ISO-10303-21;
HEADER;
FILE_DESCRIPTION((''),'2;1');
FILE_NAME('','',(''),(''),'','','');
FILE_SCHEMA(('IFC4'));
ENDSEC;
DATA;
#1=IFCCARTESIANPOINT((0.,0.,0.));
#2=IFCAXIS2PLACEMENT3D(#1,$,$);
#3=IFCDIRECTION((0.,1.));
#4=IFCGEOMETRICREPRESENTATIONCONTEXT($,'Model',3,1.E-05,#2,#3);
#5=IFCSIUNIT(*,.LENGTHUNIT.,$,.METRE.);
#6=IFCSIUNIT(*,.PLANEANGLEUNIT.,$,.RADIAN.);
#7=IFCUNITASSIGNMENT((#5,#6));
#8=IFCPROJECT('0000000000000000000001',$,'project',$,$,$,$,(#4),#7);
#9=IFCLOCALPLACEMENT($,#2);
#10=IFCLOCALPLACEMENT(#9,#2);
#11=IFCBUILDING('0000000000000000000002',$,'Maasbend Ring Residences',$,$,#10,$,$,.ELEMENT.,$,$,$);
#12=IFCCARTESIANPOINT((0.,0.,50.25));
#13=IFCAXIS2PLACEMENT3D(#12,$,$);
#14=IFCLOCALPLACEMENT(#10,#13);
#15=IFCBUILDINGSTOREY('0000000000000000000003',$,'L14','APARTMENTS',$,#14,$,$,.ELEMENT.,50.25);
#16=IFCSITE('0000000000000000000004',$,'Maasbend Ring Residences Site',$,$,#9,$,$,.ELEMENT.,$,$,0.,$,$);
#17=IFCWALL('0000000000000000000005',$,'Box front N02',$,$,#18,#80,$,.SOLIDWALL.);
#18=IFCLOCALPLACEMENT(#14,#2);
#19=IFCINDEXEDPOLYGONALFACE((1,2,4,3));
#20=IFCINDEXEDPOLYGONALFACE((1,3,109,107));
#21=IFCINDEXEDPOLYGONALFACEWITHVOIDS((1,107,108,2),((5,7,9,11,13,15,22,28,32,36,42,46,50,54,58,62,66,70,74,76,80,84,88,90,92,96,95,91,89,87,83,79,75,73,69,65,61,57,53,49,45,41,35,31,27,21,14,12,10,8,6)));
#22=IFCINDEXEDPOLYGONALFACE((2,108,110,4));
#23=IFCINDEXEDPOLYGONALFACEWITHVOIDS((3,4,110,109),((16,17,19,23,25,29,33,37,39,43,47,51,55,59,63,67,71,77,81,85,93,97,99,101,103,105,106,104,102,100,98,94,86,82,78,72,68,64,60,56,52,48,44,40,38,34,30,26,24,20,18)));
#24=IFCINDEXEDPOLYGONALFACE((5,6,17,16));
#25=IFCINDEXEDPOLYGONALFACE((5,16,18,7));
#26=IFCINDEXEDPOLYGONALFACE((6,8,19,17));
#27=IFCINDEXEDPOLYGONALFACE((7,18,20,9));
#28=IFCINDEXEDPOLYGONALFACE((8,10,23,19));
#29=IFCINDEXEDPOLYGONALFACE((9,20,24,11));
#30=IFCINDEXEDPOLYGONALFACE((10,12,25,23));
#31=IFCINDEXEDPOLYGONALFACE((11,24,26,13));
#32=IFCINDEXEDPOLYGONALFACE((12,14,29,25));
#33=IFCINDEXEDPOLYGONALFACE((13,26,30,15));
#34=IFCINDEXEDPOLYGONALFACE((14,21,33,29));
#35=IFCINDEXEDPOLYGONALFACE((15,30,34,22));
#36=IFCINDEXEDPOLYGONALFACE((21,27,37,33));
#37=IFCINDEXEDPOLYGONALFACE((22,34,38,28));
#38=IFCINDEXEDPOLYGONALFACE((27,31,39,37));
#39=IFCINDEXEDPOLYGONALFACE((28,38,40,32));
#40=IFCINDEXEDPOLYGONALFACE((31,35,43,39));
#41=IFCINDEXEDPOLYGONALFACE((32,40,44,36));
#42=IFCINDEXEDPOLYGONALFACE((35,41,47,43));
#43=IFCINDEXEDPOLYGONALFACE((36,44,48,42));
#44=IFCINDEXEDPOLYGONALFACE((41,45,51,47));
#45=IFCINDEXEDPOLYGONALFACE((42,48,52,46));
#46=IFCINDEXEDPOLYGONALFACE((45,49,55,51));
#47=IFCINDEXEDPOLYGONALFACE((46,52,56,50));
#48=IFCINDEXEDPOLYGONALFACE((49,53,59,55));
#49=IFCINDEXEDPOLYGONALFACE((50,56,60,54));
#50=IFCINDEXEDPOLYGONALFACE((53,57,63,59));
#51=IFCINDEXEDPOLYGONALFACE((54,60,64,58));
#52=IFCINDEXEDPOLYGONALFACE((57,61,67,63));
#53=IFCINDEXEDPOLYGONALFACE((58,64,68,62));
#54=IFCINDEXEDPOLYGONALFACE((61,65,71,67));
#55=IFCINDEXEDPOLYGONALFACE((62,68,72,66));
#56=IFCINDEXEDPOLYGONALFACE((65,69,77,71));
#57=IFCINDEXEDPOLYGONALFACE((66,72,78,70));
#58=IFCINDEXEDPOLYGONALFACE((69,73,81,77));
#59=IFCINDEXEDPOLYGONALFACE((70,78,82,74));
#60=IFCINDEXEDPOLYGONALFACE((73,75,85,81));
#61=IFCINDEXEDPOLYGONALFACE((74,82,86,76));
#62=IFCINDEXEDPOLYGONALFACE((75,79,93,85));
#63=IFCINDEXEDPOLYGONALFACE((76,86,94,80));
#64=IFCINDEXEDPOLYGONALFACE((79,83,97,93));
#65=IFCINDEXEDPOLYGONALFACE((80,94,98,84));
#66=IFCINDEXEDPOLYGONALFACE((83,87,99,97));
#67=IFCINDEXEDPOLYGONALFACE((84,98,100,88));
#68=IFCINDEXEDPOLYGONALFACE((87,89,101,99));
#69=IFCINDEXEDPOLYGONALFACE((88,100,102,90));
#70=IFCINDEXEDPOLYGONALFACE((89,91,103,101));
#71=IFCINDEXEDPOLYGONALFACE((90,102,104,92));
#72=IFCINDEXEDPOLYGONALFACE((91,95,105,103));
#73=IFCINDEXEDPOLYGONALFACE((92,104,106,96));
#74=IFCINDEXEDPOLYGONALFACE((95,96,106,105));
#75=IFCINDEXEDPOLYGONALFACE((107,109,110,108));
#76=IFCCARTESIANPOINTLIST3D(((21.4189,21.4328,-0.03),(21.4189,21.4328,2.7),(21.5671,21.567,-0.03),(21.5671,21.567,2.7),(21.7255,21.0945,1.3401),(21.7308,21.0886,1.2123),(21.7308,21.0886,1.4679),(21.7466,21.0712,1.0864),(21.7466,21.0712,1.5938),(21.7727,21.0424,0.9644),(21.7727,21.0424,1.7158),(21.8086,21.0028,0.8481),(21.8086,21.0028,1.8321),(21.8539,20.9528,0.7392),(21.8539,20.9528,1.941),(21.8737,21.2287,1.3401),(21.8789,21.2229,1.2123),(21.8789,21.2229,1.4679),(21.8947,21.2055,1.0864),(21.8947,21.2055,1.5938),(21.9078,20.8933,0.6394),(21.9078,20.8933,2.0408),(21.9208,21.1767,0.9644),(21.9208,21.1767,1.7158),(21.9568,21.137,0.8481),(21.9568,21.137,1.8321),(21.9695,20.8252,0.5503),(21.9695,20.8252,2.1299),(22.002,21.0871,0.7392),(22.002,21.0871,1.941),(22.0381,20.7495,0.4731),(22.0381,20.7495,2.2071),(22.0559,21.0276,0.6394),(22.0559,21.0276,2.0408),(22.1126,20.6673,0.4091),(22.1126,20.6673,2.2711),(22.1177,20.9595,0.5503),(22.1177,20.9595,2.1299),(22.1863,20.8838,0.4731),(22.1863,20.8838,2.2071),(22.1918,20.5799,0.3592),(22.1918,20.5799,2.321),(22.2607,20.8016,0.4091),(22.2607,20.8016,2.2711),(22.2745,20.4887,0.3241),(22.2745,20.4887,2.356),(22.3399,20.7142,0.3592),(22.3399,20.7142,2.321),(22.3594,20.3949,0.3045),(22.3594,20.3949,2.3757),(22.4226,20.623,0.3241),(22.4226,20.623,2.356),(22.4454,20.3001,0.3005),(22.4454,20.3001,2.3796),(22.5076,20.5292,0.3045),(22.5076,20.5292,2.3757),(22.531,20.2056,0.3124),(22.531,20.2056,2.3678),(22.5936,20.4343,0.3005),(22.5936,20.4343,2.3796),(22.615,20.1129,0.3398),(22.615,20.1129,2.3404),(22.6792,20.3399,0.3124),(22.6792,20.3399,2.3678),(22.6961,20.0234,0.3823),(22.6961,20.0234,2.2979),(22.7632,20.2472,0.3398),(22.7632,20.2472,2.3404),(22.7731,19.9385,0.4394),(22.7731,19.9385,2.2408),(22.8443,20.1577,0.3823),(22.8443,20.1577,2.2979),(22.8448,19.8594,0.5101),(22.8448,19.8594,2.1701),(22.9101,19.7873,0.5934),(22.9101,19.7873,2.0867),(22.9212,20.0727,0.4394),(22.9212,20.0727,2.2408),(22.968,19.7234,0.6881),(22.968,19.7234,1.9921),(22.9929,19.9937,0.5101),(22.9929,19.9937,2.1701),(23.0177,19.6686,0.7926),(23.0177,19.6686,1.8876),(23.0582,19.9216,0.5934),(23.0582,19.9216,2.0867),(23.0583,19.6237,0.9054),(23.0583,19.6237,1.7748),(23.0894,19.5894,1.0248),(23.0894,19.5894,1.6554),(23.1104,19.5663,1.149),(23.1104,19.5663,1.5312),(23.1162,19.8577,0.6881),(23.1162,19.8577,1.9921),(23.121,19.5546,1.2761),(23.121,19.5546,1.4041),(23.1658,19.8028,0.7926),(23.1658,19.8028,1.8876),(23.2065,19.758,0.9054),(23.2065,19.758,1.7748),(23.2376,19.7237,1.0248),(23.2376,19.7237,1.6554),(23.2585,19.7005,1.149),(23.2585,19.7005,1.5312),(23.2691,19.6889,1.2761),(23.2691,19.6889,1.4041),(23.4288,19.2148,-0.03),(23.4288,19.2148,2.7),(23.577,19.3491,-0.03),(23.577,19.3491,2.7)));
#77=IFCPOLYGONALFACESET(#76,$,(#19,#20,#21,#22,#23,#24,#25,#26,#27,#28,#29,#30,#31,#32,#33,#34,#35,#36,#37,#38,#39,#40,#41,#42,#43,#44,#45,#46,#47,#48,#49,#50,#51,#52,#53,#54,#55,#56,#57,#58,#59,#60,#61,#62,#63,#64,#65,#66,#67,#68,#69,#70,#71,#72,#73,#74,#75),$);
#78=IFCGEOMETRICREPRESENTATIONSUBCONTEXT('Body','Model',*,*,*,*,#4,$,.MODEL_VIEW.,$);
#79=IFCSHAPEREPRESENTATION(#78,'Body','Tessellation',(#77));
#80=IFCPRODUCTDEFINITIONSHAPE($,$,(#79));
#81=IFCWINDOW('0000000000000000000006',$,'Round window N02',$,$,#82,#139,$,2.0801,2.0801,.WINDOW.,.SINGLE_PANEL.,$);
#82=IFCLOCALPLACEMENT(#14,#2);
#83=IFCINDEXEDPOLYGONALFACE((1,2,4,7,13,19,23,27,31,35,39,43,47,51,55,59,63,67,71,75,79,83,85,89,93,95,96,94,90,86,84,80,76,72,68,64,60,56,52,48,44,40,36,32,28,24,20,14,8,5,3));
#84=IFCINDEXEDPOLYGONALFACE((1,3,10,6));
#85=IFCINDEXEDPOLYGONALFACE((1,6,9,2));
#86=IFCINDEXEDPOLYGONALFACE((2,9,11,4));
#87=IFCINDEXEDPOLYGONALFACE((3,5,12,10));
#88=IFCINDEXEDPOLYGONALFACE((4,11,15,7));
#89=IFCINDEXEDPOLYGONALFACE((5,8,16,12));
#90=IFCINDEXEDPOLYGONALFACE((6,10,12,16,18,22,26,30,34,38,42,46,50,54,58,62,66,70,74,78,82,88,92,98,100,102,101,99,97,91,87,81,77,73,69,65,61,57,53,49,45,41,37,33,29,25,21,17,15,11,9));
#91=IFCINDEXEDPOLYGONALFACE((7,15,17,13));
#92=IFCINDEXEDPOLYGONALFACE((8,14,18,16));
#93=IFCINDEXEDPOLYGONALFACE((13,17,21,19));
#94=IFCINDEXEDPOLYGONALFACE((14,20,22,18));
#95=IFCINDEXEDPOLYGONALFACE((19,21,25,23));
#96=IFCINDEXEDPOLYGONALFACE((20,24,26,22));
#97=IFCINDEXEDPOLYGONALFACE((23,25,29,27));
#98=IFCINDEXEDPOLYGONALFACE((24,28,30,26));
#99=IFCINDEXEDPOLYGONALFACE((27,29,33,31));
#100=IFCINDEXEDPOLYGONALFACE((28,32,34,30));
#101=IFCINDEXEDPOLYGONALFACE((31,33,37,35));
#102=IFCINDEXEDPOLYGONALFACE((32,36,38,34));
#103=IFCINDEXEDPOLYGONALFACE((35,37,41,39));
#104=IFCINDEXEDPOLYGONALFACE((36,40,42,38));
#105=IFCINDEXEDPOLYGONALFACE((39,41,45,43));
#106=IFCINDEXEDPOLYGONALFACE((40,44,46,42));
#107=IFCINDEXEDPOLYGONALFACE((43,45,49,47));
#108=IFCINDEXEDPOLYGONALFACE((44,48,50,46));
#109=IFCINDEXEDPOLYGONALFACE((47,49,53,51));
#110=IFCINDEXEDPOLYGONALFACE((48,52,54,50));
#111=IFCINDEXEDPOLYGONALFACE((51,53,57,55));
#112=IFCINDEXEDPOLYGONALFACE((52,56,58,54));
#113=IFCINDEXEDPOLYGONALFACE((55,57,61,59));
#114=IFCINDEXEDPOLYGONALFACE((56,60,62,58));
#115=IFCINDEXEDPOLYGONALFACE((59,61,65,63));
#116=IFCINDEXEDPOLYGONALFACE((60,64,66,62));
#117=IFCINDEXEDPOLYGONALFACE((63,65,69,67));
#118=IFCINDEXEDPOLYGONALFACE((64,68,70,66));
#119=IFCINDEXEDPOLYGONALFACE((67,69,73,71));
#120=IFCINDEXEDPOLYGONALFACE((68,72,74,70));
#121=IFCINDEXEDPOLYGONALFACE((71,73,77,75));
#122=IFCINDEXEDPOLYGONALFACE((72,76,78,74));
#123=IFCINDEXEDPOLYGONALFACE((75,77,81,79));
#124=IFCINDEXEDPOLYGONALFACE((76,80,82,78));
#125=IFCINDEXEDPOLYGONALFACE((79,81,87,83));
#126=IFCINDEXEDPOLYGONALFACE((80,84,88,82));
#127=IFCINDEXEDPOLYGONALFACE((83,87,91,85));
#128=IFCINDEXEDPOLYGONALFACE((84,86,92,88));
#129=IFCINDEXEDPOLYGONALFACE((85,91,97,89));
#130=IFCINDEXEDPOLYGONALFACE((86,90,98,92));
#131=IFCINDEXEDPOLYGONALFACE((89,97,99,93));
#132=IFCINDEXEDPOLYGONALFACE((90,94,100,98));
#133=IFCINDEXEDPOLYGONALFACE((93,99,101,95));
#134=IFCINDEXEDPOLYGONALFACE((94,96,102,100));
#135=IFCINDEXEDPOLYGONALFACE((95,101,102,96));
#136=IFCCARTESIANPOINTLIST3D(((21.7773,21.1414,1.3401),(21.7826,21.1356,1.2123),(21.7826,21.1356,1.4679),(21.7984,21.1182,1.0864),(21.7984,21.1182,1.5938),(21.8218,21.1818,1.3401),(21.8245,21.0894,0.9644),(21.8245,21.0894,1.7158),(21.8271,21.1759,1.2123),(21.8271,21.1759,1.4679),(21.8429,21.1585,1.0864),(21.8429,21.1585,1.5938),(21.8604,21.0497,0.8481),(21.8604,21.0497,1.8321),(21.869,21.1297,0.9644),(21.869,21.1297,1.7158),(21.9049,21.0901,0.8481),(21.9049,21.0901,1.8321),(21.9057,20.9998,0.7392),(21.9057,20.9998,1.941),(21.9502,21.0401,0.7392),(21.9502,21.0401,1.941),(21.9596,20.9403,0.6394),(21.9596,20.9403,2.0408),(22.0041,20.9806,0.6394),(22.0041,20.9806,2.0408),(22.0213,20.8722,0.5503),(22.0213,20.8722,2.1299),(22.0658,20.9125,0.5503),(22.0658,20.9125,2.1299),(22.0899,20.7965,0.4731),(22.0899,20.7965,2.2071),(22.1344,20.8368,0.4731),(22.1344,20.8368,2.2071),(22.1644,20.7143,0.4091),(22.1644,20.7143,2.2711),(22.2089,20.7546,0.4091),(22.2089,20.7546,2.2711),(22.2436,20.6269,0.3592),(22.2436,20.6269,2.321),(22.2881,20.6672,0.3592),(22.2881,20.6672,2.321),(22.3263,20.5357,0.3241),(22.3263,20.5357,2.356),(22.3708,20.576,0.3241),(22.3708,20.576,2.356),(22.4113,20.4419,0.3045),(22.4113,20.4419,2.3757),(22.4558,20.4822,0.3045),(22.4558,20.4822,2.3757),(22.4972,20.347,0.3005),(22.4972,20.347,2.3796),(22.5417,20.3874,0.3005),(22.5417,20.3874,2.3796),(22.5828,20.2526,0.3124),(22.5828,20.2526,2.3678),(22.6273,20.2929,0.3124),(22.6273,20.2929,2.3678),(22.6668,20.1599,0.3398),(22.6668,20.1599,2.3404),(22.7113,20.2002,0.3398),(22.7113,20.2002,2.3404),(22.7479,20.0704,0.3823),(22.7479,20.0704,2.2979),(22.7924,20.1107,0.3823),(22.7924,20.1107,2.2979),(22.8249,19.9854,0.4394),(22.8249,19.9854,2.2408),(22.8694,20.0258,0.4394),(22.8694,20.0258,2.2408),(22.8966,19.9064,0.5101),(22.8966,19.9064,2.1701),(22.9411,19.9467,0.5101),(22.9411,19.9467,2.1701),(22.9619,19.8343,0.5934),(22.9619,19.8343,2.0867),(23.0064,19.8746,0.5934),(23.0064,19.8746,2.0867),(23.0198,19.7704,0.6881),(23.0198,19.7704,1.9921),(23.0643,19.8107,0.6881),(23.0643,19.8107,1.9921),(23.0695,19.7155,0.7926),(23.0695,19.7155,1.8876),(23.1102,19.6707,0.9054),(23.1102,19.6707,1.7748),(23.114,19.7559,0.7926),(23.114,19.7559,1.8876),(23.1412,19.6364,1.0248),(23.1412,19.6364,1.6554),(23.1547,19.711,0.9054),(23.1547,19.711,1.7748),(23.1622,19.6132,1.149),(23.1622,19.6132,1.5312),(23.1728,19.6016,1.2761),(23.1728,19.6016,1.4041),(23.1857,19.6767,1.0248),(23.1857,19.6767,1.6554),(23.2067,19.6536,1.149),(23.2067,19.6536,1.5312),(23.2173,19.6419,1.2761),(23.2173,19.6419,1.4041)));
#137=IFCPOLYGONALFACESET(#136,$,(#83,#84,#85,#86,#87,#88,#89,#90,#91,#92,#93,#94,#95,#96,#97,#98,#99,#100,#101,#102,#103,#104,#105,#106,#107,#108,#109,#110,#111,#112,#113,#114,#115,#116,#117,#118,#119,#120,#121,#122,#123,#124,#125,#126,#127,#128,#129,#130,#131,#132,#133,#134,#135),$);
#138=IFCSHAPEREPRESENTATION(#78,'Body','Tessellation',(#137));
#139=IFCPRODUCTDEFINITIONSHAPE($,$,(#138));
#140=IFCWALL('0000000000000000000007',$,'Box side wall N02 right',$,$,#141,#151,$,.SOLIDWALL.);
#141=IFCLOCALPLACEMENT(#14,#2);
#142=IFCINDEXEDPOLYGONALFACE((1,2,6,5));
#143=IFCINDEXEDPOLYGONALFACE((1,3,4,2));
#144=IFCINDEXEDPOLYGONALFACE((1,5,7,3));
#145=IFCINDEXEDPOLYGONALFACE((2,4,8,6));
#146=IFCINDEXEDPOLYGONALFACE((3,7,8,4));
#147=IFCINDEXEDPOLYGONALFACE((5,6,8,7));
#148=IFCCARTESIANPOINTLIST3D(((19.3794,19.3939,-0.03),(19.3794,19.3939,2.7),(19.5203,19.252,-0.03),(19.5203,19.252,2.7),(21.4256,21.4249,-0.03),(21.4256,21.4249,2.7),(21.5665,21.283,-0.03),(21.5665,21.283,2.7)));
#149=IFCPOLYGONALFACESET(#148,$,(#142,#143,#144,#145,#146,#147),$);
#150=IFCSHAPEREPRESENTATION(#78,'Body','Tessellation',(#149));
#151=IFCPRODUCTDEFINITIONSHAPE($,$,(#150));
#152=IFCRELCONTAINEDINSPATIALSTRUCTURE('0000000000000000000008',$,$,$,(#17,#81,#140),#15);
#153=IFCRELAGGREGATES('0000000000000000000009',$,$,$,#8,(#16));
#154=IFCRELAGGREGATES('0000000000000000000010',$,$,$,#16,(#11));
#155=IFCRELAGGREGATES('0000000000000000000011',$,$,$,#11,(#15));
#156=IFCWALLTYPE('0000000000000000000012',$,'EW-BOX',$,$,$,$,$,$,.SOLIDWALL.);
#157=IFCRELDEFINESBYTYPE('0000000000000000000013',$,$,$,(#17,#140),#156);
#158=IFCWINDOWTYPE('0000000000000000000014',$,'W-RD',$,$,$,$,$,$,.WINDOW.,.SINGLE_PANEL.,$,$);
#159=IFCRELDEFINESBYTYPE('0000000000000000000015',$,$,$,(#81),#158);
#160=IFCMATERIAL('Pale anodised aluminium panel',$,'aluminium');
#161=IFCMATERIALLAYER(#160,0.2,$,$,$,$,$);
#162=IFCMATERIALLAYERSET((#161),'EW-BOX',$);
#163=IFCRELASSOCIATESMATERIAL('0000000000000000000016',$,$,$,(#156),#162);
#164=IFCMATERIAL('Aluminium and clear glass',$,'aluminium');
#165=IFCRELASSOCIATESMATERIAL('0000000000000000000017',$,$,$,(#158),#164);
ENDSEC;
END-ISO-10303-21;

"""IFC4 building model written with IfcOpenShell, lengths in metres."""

from ifc_helpers import new_model, si_unit, direction, frame, frame_2d, origin, place, context, subcontext, project, spatial, rectangle, circle, extrude, material, layer, layer_set, type_object, element, fill, save


model = new_model("IFC4")

# Units and contexts
model_context = context("Model", 3, precision=1e-05, world=origin(), true_north=direction((0.0, 1.0)))
body_context = subcontext(model_context, "Body", "Model", "MODEL_VIEW")
ifc_project = project(units=[si_unit("LENGTHUNIT", "METRE"), si_unit("PLANEANGLEUNIT", "RADIAN")], contexts=[model_context])

# Site, building, storey
site_placement = place(None, origin())
site = spatial("IfcSite", under=ifc_project, at=site_placement, Name="Maasbend Ring Residences Site", CompositionType="ELEMENT", RefElevation=0.0)
building_placement = place(site_placement, origin())
building = spatial("IfcBuilding", under=site, at=building_placement, Name="Maasbend Ring Residences", CompositionType="ELEMENT")
storey_placement = place(building_placement, frame((0.0, 0.0, 50.25)))
storey = spatial("IfcBuildingStorey", under=building, at=storey_placement, Name="L14", Description="APARTMENTS", CompositionType="ELEMENT", Elevation=50.25)

# Wall, opening, window
ifc_material_1 = material(Name="Pale anodised aluminium panel", Category="aluminium")
ifc_layer_1 = layer(ifc_material_1, 0.2)
ifc_layer_set_1 = layer_set([ifc_layer_1], Name="EW-BOX")
wall_type_1 = type_object("IfcWallType", Name="EW-BOX", PredefinedType="SOLIDWALL", material=ifc_layer_set_1)
wall_1_placement = place(storey_placement, frame((23.5029, 19.282, -0.03), z_axis=(0.0, 0.0, 1.0), x_axis=(-0.671507, 0.740998, 0.0)))
wall_1 = element("IfcWall", 1, at=wall_1_placement, inside=storey, type_object=wall_type_1, Name="Box front N02", PredefinedType="SOLIDWALL", context=body_context, shape_type="SweptSolid", body=[
    extrude(rectangle(XDim=2.9932, YDim=0.2, at=frame_2d((1.4966, 0.0))), origin(), (0.0, 0.0, 1.0), 2.73),
])
opening_1_placement = place(wall_1_placement, frame((0.4565, 0.0, 0.3301)))
opening_1 = element("IfcOpeningElement", 2, at=opening_1_placement, cuts=wall_1, PredefinedType="OPENING", context=body_context, shape_type="SweptSolid", body=[
    extrude(circle(Radius=1.04, at=frame_2d((1.04, 1.04))), frame((0.0, 0.1099, 0.0), z_axis=(0.0, -1.0, 0.0), x_axis=(1.0, 0.0, 0.0)), (0.0, 0.0, 1.0), 0.22),
])
ifc_material_2 = material(Name="Aluminium and clear glass", Category="aluminium")
window_type_1 = type_object("IfcWindowType", Name="W-RD", PartitioningType="SINGLE_PANEL", PredefinedType="WINDOW", material=ifc_material_2)
window_1_placement = place(opening_1_placement, origin())
window_1 = element("IfcWindow", 3, at=window_1_placement, inside=storey, type_object=window_type_1, Name="Round window N02", OverallHeight=2.0801, OverallWidth=2.0801, PartitioningType="SINGLE_PANEL", PredefinedType="WINDOW", context=body_context, shape_type="SweptSolid", body=[
    extrude(circle(Radius=1.04, at=frame_2d((1.04, 1.04))), frame((0.0, 0.03, 0.0), z_axis=(0.0, -1.0, 0.0), x_axis=(1.0, 0.0, 0.0)), (0.0, 0.0, 1.0), 0.0601),
])
fill(opening_1, window_1)

# Wall
wall_2_placement = place(storey_placement, frame((19.45, 19.323, -0.03), z_axis=(0.0, 0.0, 1.0), x_axis=(0.709727, 0.704477, 0.0)))
element("IfcWall", 4, at=wall_2_placement, inside=storey, type_object=wall_type_1, Name="Box side wall N02 right", PredefinedType="SOLIDWALL", context=body_context, shape_type="SweptSolid", body=[
    extrude(rectangle(XDim=2.8831, YDim=0.2, at=frame_2d((1.4414, 0.0))), origin(), (0.0, 0.0, 1.0), 2.73),
])

save(model, "model.ifc")
